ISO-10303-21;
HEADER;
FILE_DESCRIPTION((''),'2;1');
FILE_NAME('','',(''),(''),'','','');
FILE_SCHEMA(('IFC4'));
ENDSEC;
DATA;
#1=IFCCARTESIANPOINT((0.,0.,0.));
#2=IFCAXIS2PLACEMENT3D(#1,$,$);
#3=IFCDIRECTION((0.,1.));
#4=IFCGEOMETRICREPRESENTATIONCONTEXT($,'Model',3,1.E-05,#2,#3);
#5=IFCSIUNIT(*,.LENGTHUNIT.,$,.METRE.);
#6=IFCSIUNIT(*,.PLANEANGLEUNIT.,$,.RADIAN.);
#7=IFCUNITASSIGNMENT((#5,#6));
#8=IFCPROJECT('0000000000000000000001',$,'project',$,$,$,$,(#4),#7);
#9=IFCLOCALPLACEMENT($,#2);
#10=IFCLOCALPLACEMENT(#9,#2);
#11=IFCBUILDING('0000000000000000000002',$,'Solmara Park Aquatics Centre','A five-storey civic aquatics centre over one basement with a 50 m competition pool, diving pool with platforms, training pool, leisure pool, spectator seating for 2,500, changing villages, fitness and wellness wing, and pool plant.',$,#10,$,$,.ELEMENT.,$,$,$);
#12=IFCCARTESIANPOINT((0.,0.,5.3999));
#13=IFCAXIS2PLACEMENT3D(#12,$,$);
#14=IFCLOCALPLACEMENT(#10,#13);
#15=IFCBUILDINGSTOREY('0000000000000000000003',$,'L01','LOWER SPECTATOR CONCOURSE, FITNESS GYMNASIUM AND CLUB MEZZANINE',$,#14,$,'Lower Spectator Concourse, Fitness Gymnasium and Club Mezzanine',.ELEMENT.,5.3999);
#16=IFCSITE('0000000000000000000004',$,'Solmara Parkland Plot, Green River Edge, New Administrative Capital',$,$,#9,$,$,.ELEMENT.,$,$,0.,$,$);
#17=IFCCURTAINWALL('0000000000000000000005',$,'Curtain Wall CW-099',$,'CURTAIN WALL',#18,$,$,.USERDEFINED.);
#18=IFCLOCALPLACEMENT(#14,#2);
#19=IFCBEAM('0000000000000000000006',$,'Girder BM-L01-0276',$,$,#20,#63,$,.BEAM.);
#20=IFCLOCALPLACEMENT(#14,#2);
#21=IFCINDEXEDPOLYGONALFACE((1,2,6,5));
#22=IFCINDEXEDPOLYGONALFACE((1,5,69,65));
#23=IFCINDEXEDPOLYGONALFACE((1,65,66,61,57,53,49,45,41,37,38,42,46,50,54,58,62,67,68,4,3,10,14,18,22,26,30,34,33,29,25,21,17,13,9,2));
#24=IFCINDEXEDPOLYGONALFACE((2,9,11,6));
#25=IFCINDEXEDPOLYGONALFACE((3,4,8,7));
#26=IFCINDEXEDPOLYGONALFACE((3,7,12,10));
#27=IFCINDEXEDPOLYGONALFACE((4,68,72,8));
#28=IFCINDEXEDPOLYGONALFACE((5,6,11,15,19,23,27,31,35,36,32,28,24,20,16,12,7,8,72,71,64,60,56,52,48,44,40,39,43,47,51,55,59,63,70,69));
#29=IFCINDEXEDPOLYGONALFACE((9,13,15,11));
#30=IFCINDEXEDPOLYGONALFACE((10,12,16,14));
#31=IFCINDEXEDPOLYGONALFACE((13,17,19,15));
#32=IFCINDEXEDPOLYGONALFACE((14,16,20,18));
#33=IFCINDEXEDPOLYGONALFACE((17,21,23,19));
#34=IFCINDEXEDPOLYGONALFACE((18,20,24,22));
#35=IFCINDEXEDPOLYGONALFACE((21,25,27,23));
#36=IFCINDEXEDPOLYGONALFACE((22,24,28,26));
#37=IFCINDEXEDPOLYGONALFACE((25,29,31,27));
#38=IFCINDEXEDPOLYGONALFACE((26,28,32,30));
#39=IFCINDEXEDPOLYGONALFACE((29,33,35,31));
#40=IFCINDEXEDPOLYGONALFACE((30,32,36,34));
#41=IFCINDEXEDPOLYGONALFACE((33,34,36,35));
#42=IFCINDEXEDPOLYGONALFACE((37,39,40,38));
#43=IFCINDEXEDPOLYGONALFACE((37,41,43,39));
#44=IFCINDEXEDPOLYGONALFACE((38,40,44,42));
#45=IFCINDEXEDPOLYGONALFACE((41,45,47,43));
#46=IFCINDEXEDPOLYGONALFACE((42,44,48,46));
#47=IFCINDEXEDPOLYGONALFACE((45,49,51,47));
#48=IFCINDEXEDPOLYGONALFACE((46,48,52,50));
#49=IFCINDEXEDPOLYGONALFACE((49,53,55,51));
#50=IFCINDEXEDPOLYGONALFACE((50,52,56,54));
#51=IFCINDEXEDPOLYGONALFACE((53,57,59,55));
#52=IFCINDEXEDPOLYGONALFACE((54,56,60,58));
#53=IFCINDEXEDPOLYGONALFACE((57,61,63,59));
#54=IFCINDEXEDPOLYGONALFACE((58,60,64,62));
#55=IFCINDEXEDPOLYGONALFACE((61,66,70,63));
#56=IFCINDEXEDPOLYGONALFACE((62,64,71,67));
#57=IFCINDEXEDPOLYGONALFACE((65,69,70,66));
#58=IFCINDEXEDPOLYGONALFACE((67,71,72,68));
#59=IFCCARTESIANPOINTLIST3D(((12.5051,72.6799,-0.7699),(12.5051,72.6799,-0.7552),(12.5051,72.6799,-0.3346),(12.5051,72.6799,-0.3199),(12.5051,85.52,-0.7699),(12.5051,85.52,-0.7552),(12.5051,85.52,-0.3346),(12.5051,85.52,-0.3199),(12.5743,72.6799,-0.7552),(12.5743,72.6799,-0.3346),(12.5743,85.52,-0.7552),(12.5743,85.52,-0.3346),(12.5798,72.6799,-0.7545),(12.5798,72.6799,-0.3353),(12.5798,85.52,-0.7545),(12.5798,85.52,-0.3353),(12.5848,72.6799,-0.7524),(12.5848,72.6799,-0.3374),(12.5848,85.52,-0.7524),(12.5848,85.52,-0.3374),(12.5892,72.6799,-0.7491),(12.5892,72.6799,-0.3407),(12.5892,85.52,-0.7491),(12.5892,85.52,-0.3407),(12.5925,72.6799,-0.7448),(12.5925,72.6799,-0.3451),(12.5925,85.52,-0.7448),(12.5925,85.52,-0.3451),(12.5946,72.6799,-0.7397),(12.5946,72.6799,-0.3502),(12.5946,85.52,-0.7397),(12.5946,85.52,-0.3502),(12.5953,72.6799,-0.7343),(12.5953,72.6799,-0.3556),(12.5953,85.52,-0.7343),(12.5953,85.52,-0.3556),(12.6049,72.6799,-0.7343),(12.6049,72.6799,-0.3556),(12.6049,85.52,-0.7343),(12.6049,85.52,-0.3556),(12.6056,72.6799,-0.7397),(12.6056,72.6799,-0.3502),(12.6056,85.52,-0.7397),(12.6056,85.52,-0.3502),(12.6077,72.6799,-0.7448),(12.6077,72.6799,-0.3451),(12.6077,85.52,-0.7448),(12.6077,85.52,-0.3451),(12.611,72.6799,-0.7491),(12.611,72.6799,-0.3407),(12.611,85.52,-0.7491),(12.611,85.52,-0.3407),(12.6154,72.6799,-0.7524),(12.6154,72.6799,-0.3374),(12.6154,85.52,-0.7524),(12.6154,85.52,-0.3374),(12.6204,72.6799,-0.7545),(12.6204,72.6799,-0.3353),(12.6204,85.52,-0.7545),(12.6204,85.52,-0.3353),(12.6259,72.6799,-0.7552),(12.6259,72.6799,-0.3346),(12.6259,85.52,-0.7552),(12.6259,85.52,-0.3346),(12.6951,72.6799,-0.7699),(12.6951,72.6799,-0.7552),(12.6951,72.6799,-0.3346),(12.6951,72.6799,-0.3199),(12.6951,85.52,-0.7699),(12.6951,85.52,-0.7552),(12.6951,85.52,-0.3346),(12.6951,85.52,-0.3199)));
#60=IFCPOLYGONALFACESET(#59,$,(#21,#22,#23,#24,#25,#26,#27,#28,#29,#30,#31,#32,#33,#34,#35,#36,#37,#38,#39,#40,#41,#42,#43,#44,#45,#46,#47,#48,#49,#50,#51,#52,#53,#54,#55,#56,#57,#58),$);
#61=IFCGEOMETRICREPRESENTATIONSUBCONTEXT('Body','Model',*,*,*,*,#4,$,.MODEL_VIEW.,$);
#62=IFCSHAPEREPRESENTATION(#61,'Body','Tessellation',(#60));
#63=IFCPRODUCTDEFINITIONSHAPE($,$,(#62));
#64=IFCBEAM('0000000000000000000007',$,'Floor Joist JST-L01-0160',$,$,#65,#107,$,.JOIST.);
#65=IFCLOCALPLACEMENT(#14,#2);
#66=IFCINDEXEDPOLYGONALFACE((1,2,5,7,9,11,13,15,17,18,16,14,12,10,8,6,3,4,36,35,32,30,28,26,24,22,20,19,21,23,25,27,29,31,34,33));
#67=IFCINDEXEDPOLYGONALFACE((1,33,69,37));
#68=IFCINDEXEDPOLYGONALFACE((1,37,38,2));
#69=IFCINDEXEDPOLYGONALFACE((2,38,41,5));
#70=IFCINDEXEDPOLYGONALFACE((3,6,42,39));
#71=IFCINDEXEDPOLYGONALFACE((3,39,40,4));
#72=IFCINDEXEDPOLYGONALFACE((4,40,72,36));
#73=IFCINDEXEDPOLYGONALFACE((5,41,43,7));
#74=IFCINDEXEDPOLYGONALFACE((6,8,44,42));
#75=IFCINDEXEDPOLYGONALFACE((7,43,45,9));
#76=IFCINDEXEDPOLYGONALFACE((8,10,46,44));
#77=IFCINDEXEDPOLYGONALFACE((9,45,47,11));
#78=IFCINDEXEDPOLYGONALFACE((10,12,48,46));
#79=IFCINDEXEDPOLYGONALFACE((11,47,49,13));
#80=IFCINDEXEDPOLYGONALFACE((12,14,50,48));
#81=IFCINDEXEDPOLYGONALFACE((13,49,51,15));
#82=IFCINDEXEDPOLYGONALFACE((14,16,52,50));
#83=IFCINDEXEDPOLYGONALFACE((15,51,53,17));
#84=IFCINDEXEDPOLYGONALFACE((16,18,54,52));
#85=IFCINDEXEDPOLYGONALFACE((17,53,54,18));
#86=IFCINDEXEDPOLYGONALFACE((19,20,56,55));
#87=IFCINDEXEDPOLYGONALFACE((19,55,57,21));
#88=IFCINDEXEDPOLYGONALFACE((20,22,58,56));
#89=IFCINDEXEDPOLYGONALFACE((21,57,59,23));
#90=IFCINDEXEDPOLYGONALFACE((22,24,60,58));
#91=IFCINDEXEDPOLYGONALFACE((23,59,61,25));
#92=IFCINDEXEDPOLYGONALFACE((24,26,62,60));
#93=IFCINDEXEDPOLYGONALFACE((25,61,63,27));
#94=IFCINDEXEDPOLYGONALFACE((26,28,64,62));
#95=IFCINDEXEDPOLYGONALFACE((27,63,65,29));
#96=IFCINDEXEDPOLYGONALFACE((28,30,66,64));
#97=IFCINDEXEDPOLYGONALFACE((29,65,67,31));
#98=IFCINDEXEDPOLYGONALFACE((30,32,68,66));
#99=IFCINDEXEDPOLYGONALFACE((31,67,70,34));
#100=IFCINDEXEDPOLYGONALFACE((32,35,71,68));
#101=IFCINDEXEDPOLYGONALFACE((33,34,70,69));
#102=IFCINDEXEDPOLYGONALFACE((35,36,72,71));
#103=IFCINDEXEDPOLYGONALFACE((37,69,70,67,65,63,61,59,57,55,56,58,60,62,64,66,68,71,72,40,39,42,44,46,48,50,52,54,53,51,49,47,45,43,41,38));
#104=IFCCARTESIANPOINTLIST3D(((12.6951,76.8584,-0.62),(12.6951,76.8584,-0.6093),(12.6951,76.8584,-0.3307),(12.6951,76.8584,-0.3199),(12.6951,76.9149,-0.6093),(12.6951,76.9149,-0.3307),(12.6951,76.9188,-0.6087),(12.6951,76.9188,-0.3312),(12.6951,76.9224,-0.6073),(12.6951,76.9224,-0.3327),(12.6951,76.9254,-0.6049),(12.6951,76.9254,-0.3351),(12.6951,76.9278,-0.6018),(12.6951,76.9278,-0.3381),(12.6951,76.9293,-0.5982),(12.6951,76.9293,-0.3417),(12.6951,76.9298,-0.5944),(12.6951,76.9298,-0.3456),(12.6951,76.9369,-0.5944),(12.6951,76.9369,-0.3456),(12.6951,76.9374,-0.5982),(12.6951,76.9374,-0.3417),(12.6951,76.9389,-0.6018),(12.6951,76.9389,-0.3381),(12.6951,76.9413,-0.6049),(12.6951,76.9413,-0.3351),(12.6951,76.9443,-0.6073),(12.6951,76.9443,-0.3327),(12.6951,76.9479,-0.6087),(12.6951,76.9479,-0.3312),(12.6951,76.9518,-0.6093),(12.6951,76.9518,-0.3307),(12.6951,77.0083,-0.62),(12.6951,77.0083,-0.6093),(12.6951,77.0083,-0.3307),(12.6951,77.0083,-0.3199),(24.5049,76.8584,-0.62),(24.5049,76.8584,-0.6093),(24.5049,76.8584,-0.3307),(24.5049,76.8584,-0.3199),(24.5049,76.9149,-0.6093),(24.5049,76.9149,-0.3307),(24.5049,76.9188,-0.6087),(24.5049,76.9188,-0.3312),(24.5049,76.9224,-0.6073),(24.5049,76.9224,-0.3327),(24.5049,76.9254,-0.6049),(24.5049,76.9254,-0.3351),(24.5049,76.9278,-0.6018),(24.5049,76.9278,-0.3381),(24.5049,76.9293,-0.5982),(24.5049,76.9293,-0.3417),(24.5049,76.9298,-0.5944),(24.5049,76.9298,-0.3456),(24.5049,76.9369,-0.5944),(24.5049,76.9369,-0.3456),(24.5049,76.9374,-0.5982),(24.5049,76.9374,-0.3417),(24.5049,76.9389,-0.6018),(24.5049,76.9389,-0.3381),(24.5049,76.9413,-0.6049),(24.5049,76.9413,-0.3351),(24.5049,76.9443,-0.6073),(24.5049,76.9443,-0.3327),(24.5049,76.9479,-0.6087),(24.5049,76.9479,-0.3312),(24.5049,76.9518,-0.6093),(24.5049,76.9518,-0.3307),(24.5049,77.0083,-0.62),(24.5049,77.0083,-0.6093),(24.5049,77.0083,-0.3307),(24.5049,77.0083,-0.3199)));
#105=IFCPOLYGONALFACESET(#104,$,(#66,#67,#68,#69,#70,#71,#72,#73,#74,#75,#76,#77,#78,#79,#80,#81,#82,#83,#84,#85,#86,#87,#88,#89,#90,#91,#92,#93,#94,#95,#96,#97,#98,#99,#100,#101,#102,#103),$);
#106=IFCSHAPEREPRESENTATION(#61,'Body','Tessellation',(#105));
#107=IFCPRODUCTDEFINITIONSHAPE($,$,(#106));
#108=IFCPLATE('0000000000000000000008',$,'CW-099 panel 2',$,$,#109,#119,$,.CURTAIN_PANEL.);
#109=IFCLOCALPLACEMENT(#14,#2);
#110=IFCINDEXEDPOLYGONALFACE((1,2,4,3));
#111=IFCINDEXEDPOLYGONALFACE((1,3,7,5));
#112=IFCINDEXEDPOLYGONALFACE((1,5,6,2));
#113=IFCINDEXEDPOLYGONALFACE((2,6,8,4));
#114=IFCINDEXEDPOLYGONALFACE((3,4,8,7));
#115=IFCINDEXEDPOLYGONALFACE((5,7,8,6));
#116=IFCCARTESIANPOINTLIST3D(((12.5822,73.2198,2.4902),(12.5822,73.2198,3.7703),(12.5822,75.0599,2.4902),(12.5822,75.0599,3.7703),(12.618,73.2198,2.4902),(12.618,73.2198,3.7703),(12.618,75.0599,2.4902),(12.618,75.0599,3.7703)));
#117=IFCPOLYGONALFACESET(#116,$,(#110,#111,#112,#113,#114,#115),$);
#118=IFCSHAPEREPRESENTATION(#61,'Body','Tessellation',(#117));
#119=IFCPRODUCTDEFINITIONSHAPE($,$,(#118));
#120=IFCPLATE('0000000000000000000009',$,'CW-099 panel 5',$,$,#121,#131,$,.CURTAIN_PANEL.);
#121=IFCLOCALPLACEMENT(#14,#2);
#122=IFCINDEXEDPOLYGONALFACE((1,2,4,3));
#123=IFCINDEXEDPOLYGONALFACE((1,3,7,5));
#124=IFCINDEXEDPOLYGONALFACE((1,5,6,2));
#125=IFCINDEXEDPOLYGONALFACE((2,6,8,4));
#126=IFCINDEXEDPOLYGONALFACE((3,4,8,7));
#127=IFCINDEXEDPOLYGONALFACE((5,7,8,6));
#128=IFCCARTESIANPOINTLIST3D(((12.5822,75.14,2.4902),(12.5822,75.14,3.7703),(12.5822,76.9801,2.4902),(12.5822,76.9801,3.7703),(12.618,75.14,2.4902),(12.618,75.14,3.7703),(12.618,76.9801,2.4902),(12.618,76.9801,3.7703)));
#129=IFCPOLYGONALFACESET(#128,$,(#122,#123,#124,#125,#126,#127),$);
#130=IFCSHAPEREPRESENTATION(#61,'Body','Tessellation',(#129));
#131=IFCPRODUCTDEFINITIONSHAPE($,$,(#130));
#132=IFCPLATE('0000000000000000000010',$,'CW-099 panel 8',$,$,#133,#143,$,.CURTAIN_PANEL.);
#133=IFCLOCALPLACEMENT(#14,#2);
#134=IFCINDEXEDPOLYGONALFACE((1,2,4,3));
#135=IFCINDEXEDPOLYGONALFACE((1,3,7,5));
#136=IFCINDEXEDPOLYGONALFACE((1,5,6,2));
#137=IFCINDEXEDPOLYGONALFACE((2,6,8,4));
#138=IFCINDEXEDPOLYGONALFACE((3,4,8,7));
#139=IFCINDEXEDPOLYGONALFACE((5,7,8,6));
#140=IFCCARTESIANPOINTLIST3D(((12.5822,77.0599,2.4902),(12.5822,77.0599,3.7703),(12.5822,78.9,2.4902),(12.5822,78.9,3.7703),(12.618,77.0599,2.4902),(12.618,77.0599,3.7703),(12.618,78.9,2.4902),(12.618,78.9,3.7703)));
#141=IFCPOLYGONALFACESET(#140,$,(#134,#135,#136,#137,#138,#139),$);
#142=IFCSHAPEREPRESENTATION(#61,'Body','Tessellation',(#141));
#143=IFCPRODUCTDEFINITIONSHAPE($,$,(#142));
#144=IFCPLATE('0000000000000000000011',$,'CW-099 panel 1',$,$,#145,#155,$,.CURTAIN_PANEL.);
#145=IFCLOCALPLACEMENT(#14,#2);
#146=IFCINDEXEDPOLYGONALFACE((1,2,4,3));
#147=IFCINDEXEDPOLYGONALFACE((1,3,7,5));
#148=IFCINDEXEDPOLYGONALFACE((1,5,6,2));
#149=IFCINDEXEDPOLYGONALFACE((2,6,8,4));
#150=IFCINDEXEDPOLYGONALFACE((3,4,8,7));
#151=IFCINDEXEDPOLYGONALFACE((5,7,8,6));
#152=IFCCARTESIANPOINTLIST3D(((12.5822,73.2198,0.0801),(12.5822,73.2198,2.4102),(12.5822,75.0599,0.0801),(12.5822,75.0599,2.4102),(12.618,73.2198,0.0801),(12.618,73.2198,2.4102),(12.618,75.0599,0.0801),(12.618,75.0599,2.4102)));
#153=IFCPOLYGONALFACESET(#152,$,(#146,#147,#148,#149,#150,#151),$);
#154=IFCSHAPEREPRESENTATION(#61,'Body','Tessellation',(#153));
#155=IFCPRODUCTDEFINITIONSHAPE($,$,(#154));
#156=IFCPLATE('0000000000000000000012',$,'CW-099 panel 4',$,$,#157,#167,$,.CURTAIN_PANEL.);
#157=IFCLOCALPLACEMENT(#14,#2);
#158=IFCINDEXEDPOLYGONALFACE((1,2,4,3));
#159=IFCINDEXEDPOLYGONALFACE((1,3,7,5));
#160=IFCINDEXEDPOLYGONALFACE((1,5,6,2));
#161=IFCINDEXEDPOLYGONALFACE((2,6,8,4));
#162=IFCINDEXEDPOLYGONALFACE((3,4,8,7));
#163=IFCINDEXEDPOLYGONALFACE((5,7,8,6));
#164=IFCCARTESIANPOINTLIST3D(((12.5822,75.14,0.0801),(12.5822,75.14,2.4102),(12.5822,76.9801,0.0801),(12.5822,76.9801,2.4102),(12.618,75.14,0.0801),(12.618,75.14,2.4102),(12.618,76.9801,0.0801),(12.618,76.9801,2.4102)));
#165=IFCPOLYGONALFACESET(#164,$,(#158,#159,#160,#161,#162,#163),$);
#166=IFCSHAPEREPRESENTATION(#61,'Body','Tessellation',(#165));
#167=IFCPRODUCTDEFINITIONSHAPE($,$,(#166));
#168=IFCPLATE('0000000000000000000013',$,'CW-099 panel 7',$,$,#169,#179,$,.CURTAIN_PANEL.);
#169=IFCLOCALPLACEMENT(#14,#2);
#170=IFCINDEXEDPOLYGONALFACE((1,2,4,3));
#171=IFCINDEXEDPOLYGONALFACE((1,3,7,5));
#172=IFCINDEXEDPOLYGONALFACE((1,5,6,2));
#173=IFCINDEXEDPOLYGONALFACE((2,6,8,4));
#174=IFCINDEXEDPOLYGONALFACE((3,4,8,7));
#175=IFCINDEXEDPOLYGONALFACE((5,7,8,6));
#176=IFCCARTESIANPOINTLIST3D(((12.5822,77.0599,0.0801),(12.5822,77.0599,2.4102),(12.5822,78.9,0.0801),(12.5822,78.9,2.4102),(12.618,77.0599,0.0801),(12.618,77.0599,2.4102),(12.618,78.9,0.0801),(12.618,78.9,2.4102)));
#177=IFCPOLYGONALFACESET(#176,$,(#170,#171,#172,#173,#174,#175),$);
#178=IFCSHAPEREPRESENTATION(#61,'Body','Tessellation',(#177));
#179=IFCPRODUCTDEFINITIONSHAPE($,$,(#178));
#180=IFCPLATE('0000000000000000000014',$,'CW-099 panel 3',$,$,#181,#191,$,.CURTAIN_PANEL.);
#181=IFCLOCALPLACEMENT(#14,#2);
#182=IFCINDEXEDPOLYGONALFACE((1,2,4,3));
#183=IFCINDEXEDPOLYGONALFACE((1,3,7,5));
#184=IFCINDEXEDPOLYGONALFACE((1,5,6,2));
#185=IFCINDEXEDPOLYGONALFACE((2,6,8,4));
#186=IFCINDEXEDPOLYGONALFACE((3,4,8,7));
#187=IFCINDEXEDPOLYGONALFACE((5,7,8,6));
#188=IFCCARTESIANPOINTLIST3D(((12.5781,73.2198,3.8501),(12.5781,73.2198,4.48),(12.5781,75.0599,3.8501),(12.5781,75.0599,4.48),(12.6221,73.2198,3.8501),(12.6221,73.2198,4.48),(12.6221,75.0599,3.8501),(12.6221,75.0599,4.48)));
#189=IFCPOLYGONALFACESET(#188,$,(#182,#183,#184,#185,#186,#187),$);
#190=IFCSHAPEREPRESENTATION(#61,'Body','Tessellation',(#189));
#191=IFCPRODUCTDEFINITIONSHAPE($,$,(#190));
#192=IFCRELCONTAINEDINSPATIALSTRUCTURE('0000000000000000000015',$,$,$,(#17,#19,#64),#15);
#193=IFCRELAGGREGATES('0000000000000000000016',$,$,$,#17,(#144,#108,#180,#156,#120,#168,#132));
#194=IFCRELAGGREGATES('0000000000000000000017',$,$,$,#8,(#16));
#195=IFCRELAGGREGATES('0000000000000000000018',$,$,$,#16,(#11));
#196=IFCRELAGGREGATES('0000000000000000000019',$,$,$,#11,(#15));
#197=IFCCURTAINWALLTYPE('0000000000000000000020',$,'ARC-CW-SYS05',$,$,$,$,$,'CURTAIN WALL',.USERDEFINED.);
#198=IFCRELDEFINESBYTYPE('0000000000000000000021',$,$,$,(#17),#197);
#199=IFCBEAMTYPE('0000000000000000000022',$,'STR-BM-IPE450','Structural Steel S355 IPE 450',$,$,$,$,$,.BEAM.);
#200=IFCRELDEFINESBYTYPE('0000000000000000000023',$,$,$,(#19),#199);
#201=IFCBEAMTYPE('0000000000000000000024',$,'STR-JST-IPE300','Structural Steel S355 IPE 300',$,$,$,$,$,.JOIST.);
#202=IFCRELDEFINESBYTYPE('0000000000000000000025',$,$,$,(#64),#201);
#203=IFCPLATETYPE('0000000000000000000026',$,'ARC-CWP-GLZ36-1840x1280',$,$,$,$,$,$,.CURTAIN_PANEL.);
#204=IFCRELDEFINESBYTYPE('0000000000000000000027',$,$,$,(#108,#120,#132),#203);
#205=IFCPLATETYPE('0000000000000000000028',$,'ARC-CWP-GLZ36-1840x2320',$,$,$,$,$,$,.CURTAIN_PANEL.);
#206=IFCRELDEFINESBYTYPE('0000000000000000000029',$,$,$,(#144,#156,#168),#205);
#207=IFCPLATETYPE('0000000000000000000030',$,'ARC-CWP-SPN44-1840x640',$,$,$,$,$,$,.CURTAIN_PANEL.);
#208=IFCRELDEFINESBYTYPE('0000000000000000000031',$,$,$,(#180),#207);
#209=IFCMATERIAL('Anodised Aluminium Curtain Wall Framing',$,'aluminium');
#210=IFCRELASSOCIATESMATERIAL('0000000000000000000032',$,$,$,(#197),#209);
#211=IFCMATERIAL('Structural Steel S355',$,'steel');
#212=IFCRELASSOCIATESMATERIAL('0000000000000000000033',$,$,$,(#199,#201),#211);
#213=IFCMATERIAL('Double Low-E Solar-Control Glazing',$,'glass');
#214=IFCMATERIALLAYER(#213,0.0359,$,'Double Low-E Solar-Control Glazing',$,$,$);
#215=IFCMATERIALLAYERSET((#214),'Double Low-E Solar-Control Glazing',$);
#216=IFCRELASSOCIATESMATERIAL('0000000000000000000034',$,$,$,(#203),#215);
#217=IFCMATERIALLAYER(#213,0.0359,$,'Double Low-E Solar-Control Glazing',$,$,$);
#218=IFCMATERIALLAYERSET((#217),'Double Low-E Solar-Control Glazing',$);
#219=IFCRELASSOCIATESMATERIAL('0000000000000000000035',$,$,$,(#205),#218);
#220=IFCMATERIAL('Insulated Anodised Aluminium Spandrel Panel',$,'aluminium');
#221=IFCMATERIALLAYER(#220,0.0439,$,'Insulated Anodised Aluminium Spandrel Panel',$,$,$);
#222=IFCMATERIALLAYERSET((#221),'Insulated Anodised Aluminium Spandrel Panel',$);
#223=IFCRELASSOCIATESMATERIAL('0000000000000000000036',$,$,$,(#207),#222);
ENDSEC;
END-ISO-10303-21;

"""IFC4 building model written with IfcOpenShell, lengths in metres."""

from ifc_helpers import new_model, si_unit, direction, frame, origin, origin_2d, place, context, subcontext, project, spatial, rectangle, i_section, extrude, material, layer, layer_set, material_profile, profile_set, type_object, element, aggregate, save


model = new_model("IFC4")

# Units and contexts
model_context = context("Model", 3, precision=1e-05, world=origin(), true_north=direction((0.0, 1.0)))
body_context = subcontext(model_context, "Body", "Model", "MODEL_VIEW")
ifc_project = project(units=[si_unit("LENGTHUNIT", "METRE"), si_unit("PLANEANGLEUNIT", "RADIAN")], contexts=[model_context])

# Site, building, storey
site_placement = place(None, origin())
site = spatial("IfcSite", under=ifc_project, at=site_placement, Name="Solmara Parkland Plot, Green River Edge, New Administrative Capital", CompositionType="ELEMENT", RefElevation=0.0)
building_placement = place(site_placement, origin())
building = spatial("IfcBuilding", under=site, at=building_placement, Name="Solmara Park Aquatics Centre", Description="A five-storey civic aquatics centre over one basement with a 50 m competition pool, diving pool with platforms, training pool, leisure pool, spectator seating for 2,500, changing villages, fitness and wellness wing, and pool plant.", CompositionType="ELEMENT")
storey_placement = place(building_placement, frame((0.0, 0.0, 5.3999)))
storey = spatial("IfcBuildingStorey", under=building, at=storey_placement, Name="L01", Description="LOWER SPECTATOR CONCOURSE, FITNESS GYMNASIUM AND CLUB MEZZANINE", LongName="Lower Spectator Concourse, Fitness Gymnasium and Club Mezzanine", CompositionType="ELEMENT", Elevation=5.3999)

# Shared definitions
ifc_material_1 = material(Name="Structural Steel S355", Category="steel")

# Curtain wall
ifc_material_2 = material(Name="Anodised Aluminium Curtain Wall Framing", Category="aluminium")
curtain_wall_type = type_object("IfcCurtainWallType", Name="ARC-CW-SYS05", ElementType="CURTAIN WALL", PredefinedType="USERDEFINED", material=ifc_material_2)
curtain_wall_1_placement = place(storey_placement, origin())
curtain_wall_1 = element("IfcCurtainWall", 1, at=curtain_wall_1_placement, inside=storey, type_object=curtain_wall_type, Name="Curtain Wall CW-099", ObjectType="CURTAIN WALL", PredefinedType="USERDEFINED")

# Beams
ifc_material_profile_1 = material_profile(ifc_material_1, i_section(OverallWidth=0.1899, OverallDepth=0.45, WebThickness=0.0095, FlangeThickness=0.0146, FilletRadius=0.021, at=origin_2d()), Name="IPE 450")
ifc_profile_set_1 = profile_set([ifc_material_profile_1], Name="Structural Steel S355")
beam_type_1 = type_object("IfcBeamType", Name="STR-BM-IPE450", Description="Structural Steel S355 IPE 450", PredefinedType="BEAM", material=ifc_profile_set_1)
beam_1_placement = place(storey_placement, frame((12.6001, 72.6799, -0.5449), z_axis=(0.0, 1.0, 0.0), x_axis=(-1.0, 0.0, 0.0)))
element("IfcBeam", 2, at=beam_1_placement, inside=storey, type_object=beam_type_1, Name="Girder BM-L01-0276", PredefinedType="BEAM", context=body_context, shape_type="SweptSolid", body=[
    extrude(i_section(OverallWidth=0.1899, OverallDepth=0.45, WebThickness=0.0095, FlangeThickness=0.0146, FilletRadius=0.021, at=origin_2d()), origin(), (0.0, 0.0, 1.0), 12.8401),
])
ifc_material_profile_2 = material_profile(ifc_material_1, i_section(OverallWidth=0.1499, OverallDepth=0.3, WebThickness=0.0071, FlangeThickness=0.0107, FilletRadius=0.0149, at=origin_2d()), Name="IPE 300")
ifc_profile_set_2 = profile_set([ifc_material_profile_2], Name="Structural Steel S355")
beam_type_2 = type_object("IfcBeamType", Name="STR-JST-IPE300", Description="Structural Steel S355 IPE 300", PredefinedType="JOIST", material=ifc_profile_set_2)
beam_2_placement = place(storey_placement, frame((12.6951, 76.9333, -0.47), z_axis=(1.0, 0.0, 0.0), x_axis=(0.0, 1.0, 0.0)))
element("IfcBeam", 3, at=beam_2_placement, inside=storey, type_object=beam_type_2, Name="Floor Joist JST-L01-0160", PredefinedType="JOIST", context=body_context, shape_type="SweptSolid", body=[
    extrude(i_section(OverallWidth=0.1499, OverallDepth=0.3, WebThickness=0.0071, FlangeThickness=0.0107, FilletRadius=0.0149, at=origin_2d()), origin(), (0.0, 0.0, 1.0), 11.8098),
])

# Plates
ifc_material_3 = material(Name="Double Low-E Solar-Control Glazing", Category="glass")
ifc_layer_1 = layer(ifc_material_3, 0.0359, Name="Double Low-E Solar-Control Glazing")
ifc_layer_set_1 = layer_set([ifc_layer_1], Name="Double Low-E Solar-Control Glazing")
plate_type_1 = type_object("IfcPlateType", Name="ARC-CWP-GLZ36-1840x1280", PredefinedType="CURTAIN_PANEL", material=ifc_layer_set_1)
plate_1_placement = place(storey_placement, frame((12.6001, 74.1399, 2.4902), z_axis=(0.0, 0.0, 1.0), x_axis=(0.0, 1.0, 0.0)))
plate_1 = element("IfcPlate", 4, at=plate_1_placement, type_object=plate_type_1, Name="CW-099 panel 2", PredefinedType="CURTAIN_PANEL", context=body_context, shape_type="SweptSolid", body=[
    extrude(rectangle(XDim=1.8401, YDim=0.0359, at=origin_2d()), origin(), (0.0, 0.0, 1.0), 1.28),
])
plate_2_placement = place(storey_placement, frame((12.6001, 76.0601, 2.4902), z_axis=(0.0, 0.0, 1.0), x_axis=(0.0, 1.0, 0.0)))
plate_2 = element("IfcPlate", 5, at=plate_2_placement, type_object=plate_type_1, Name="CW-099 panel 5", PredefinedType="CURTAIN_PANEL", context=body_context, shape_type="SweptSolid", body=[
    extrude(rectangle(XDim=1.8401, YDim=0.0359, at=origin_2d()), origin(), (0.0, 0.0, 1.0), 1.28),
])
plate_3_placement = place(storey_placement, frame((12.6001, 77.98, 2.4902), z_axis=(0.0, 0.0, 1.0), x_axis=(0.0, 1.0, 0.0)))
plate_3 = element("IfcPlate", 6, at=plate_3_placement, type_object=plate_type_1, Name="CW-099 panel 8", PredefinedType="CURTAIN_PANEL", context=body_context, shape_type="SweptSolid", body=[
    extrude(rectangle(XDim=1.8401, YDim=0.0359, at=origin_2d()), origin(), (0.0, 0.0, 1.0), 1.28),
])
ifc_layer_2 = layer(ifc_material_3, 0.0359, Name="Double Low-E Solar-Control Glazing")
ifc_layer_set_2 = layer_set([ifc_layer_2], Name="Double Low-E Solar-Control Glazing")
plate_type_2 = type_object("IfcPlateType", Name="ARC-CWP-GLZ36-1840x2320", PredefinedType="CURTAIN_PANEL", material=ifc_layer_set_2)
plate_4_placement = place(storey_placement, frame((12.6001, 74.1399, 0.0801), z_axis=(0.0, 0.0, 1.0), x_axis=(0.0, 1.0, 0.0)))
plate_4 = element("IfcPlate", 7, at=plate_4_placement, type_object=plate_type_2, Name="CW-099 panel 1", PredefinedType="CURTAIN_PANEL", context=body_context, shape_type="SweptSolid", body=[
    extrude(rectangle(XDim=1.8401, YDim=0.0359, at=origin_2d()), origin(), (0.0, 0.0, 1.0), 2.3301),
])
plate_5_placement = place(storey_placement, frame((12.6001, 76.0601, 0.0801), z_axis=(0.0, 0.0, 1.0), x_axis=(0.0, 1.0, 0.0)))
plate_5 = element("IfcPlate", 8, at=plate_5_placement, type_object=plate_type_2, Name="CW-099 panel 4", PredefinedType="CURTAIN_PANEL", context=body_context, shape_type="SweptSolid", body=[
    extrude(rectangle(XDim=1.8401, YDim=0.0359, at=origin_2d()), origin(), (0.0, 0.0, 1.0), 2.3301),
])
plate_6_placement = place(storey_placement, frame((12.6001, 77.98, 0.0801), z_axis=(0.0, 0.0, 1.0), x_axis=(0.0, 1.0, 0.0)))
plate_6 = element("IfcPlate", 9, at=plate_6_placement, type_object=plate_type_2, Name="CW-099 panel 7", PredefinedType="CURTAIN_PANEL", context=body_context, shape_type="SweptSolid", body=[
    extrude(rectangle(XDim=1.8401, YDim=0.0359, at=origin_2d()), origin(), (0.0, 0.0, 1.0), 2.3301),
])
ifc_material_4 = material(Name="Insulated Anodised Aluminium Spandrel Panel", Category="aluminium")
ifc_layer_3 = layer(ifc_material_4, 0.0439, Name="Insulated Anodised Aluminium Spandrel Panel")
ifc_layer_set_3 = layer_set([ifc_layer_3], Name="Insulated Anodised Aluminium Spandrel Panel")
plate_type_3 = type_object("IfcPlateType", Name="ARC-CWP-SPN44-1840x640", PredefinedType="CURTAIN_PANEL", material=ifc_layer_set_3)
plate_7_placement = place(storey_placement, frame((12.6001, 74.1399, 3.8501), z_axis=(0.0, 0.0, 1.0), x_axis=(0.0, 1.0, 0.0)))
plate_7 = element("IfcPlate", 10, at=plate_7_placement, type_object=plate_type_3, Name="CW-099 panel 3", PredefinedType="CURTAIN_PANEL", context=body_context, shape_type="SweptSolid", body=[
    extrude(rectangle(XDim=1.8401, YDim=0.0439, at=origin_2d()), origin(), (0.0, 0.0, 1.0), 0.6299),
])
aggregate(curtain_wall_1, [plate_4, plate_1, plate_7, plate_5, plate_2, plate_6, plate_3])

save(model, "model.ifc")
